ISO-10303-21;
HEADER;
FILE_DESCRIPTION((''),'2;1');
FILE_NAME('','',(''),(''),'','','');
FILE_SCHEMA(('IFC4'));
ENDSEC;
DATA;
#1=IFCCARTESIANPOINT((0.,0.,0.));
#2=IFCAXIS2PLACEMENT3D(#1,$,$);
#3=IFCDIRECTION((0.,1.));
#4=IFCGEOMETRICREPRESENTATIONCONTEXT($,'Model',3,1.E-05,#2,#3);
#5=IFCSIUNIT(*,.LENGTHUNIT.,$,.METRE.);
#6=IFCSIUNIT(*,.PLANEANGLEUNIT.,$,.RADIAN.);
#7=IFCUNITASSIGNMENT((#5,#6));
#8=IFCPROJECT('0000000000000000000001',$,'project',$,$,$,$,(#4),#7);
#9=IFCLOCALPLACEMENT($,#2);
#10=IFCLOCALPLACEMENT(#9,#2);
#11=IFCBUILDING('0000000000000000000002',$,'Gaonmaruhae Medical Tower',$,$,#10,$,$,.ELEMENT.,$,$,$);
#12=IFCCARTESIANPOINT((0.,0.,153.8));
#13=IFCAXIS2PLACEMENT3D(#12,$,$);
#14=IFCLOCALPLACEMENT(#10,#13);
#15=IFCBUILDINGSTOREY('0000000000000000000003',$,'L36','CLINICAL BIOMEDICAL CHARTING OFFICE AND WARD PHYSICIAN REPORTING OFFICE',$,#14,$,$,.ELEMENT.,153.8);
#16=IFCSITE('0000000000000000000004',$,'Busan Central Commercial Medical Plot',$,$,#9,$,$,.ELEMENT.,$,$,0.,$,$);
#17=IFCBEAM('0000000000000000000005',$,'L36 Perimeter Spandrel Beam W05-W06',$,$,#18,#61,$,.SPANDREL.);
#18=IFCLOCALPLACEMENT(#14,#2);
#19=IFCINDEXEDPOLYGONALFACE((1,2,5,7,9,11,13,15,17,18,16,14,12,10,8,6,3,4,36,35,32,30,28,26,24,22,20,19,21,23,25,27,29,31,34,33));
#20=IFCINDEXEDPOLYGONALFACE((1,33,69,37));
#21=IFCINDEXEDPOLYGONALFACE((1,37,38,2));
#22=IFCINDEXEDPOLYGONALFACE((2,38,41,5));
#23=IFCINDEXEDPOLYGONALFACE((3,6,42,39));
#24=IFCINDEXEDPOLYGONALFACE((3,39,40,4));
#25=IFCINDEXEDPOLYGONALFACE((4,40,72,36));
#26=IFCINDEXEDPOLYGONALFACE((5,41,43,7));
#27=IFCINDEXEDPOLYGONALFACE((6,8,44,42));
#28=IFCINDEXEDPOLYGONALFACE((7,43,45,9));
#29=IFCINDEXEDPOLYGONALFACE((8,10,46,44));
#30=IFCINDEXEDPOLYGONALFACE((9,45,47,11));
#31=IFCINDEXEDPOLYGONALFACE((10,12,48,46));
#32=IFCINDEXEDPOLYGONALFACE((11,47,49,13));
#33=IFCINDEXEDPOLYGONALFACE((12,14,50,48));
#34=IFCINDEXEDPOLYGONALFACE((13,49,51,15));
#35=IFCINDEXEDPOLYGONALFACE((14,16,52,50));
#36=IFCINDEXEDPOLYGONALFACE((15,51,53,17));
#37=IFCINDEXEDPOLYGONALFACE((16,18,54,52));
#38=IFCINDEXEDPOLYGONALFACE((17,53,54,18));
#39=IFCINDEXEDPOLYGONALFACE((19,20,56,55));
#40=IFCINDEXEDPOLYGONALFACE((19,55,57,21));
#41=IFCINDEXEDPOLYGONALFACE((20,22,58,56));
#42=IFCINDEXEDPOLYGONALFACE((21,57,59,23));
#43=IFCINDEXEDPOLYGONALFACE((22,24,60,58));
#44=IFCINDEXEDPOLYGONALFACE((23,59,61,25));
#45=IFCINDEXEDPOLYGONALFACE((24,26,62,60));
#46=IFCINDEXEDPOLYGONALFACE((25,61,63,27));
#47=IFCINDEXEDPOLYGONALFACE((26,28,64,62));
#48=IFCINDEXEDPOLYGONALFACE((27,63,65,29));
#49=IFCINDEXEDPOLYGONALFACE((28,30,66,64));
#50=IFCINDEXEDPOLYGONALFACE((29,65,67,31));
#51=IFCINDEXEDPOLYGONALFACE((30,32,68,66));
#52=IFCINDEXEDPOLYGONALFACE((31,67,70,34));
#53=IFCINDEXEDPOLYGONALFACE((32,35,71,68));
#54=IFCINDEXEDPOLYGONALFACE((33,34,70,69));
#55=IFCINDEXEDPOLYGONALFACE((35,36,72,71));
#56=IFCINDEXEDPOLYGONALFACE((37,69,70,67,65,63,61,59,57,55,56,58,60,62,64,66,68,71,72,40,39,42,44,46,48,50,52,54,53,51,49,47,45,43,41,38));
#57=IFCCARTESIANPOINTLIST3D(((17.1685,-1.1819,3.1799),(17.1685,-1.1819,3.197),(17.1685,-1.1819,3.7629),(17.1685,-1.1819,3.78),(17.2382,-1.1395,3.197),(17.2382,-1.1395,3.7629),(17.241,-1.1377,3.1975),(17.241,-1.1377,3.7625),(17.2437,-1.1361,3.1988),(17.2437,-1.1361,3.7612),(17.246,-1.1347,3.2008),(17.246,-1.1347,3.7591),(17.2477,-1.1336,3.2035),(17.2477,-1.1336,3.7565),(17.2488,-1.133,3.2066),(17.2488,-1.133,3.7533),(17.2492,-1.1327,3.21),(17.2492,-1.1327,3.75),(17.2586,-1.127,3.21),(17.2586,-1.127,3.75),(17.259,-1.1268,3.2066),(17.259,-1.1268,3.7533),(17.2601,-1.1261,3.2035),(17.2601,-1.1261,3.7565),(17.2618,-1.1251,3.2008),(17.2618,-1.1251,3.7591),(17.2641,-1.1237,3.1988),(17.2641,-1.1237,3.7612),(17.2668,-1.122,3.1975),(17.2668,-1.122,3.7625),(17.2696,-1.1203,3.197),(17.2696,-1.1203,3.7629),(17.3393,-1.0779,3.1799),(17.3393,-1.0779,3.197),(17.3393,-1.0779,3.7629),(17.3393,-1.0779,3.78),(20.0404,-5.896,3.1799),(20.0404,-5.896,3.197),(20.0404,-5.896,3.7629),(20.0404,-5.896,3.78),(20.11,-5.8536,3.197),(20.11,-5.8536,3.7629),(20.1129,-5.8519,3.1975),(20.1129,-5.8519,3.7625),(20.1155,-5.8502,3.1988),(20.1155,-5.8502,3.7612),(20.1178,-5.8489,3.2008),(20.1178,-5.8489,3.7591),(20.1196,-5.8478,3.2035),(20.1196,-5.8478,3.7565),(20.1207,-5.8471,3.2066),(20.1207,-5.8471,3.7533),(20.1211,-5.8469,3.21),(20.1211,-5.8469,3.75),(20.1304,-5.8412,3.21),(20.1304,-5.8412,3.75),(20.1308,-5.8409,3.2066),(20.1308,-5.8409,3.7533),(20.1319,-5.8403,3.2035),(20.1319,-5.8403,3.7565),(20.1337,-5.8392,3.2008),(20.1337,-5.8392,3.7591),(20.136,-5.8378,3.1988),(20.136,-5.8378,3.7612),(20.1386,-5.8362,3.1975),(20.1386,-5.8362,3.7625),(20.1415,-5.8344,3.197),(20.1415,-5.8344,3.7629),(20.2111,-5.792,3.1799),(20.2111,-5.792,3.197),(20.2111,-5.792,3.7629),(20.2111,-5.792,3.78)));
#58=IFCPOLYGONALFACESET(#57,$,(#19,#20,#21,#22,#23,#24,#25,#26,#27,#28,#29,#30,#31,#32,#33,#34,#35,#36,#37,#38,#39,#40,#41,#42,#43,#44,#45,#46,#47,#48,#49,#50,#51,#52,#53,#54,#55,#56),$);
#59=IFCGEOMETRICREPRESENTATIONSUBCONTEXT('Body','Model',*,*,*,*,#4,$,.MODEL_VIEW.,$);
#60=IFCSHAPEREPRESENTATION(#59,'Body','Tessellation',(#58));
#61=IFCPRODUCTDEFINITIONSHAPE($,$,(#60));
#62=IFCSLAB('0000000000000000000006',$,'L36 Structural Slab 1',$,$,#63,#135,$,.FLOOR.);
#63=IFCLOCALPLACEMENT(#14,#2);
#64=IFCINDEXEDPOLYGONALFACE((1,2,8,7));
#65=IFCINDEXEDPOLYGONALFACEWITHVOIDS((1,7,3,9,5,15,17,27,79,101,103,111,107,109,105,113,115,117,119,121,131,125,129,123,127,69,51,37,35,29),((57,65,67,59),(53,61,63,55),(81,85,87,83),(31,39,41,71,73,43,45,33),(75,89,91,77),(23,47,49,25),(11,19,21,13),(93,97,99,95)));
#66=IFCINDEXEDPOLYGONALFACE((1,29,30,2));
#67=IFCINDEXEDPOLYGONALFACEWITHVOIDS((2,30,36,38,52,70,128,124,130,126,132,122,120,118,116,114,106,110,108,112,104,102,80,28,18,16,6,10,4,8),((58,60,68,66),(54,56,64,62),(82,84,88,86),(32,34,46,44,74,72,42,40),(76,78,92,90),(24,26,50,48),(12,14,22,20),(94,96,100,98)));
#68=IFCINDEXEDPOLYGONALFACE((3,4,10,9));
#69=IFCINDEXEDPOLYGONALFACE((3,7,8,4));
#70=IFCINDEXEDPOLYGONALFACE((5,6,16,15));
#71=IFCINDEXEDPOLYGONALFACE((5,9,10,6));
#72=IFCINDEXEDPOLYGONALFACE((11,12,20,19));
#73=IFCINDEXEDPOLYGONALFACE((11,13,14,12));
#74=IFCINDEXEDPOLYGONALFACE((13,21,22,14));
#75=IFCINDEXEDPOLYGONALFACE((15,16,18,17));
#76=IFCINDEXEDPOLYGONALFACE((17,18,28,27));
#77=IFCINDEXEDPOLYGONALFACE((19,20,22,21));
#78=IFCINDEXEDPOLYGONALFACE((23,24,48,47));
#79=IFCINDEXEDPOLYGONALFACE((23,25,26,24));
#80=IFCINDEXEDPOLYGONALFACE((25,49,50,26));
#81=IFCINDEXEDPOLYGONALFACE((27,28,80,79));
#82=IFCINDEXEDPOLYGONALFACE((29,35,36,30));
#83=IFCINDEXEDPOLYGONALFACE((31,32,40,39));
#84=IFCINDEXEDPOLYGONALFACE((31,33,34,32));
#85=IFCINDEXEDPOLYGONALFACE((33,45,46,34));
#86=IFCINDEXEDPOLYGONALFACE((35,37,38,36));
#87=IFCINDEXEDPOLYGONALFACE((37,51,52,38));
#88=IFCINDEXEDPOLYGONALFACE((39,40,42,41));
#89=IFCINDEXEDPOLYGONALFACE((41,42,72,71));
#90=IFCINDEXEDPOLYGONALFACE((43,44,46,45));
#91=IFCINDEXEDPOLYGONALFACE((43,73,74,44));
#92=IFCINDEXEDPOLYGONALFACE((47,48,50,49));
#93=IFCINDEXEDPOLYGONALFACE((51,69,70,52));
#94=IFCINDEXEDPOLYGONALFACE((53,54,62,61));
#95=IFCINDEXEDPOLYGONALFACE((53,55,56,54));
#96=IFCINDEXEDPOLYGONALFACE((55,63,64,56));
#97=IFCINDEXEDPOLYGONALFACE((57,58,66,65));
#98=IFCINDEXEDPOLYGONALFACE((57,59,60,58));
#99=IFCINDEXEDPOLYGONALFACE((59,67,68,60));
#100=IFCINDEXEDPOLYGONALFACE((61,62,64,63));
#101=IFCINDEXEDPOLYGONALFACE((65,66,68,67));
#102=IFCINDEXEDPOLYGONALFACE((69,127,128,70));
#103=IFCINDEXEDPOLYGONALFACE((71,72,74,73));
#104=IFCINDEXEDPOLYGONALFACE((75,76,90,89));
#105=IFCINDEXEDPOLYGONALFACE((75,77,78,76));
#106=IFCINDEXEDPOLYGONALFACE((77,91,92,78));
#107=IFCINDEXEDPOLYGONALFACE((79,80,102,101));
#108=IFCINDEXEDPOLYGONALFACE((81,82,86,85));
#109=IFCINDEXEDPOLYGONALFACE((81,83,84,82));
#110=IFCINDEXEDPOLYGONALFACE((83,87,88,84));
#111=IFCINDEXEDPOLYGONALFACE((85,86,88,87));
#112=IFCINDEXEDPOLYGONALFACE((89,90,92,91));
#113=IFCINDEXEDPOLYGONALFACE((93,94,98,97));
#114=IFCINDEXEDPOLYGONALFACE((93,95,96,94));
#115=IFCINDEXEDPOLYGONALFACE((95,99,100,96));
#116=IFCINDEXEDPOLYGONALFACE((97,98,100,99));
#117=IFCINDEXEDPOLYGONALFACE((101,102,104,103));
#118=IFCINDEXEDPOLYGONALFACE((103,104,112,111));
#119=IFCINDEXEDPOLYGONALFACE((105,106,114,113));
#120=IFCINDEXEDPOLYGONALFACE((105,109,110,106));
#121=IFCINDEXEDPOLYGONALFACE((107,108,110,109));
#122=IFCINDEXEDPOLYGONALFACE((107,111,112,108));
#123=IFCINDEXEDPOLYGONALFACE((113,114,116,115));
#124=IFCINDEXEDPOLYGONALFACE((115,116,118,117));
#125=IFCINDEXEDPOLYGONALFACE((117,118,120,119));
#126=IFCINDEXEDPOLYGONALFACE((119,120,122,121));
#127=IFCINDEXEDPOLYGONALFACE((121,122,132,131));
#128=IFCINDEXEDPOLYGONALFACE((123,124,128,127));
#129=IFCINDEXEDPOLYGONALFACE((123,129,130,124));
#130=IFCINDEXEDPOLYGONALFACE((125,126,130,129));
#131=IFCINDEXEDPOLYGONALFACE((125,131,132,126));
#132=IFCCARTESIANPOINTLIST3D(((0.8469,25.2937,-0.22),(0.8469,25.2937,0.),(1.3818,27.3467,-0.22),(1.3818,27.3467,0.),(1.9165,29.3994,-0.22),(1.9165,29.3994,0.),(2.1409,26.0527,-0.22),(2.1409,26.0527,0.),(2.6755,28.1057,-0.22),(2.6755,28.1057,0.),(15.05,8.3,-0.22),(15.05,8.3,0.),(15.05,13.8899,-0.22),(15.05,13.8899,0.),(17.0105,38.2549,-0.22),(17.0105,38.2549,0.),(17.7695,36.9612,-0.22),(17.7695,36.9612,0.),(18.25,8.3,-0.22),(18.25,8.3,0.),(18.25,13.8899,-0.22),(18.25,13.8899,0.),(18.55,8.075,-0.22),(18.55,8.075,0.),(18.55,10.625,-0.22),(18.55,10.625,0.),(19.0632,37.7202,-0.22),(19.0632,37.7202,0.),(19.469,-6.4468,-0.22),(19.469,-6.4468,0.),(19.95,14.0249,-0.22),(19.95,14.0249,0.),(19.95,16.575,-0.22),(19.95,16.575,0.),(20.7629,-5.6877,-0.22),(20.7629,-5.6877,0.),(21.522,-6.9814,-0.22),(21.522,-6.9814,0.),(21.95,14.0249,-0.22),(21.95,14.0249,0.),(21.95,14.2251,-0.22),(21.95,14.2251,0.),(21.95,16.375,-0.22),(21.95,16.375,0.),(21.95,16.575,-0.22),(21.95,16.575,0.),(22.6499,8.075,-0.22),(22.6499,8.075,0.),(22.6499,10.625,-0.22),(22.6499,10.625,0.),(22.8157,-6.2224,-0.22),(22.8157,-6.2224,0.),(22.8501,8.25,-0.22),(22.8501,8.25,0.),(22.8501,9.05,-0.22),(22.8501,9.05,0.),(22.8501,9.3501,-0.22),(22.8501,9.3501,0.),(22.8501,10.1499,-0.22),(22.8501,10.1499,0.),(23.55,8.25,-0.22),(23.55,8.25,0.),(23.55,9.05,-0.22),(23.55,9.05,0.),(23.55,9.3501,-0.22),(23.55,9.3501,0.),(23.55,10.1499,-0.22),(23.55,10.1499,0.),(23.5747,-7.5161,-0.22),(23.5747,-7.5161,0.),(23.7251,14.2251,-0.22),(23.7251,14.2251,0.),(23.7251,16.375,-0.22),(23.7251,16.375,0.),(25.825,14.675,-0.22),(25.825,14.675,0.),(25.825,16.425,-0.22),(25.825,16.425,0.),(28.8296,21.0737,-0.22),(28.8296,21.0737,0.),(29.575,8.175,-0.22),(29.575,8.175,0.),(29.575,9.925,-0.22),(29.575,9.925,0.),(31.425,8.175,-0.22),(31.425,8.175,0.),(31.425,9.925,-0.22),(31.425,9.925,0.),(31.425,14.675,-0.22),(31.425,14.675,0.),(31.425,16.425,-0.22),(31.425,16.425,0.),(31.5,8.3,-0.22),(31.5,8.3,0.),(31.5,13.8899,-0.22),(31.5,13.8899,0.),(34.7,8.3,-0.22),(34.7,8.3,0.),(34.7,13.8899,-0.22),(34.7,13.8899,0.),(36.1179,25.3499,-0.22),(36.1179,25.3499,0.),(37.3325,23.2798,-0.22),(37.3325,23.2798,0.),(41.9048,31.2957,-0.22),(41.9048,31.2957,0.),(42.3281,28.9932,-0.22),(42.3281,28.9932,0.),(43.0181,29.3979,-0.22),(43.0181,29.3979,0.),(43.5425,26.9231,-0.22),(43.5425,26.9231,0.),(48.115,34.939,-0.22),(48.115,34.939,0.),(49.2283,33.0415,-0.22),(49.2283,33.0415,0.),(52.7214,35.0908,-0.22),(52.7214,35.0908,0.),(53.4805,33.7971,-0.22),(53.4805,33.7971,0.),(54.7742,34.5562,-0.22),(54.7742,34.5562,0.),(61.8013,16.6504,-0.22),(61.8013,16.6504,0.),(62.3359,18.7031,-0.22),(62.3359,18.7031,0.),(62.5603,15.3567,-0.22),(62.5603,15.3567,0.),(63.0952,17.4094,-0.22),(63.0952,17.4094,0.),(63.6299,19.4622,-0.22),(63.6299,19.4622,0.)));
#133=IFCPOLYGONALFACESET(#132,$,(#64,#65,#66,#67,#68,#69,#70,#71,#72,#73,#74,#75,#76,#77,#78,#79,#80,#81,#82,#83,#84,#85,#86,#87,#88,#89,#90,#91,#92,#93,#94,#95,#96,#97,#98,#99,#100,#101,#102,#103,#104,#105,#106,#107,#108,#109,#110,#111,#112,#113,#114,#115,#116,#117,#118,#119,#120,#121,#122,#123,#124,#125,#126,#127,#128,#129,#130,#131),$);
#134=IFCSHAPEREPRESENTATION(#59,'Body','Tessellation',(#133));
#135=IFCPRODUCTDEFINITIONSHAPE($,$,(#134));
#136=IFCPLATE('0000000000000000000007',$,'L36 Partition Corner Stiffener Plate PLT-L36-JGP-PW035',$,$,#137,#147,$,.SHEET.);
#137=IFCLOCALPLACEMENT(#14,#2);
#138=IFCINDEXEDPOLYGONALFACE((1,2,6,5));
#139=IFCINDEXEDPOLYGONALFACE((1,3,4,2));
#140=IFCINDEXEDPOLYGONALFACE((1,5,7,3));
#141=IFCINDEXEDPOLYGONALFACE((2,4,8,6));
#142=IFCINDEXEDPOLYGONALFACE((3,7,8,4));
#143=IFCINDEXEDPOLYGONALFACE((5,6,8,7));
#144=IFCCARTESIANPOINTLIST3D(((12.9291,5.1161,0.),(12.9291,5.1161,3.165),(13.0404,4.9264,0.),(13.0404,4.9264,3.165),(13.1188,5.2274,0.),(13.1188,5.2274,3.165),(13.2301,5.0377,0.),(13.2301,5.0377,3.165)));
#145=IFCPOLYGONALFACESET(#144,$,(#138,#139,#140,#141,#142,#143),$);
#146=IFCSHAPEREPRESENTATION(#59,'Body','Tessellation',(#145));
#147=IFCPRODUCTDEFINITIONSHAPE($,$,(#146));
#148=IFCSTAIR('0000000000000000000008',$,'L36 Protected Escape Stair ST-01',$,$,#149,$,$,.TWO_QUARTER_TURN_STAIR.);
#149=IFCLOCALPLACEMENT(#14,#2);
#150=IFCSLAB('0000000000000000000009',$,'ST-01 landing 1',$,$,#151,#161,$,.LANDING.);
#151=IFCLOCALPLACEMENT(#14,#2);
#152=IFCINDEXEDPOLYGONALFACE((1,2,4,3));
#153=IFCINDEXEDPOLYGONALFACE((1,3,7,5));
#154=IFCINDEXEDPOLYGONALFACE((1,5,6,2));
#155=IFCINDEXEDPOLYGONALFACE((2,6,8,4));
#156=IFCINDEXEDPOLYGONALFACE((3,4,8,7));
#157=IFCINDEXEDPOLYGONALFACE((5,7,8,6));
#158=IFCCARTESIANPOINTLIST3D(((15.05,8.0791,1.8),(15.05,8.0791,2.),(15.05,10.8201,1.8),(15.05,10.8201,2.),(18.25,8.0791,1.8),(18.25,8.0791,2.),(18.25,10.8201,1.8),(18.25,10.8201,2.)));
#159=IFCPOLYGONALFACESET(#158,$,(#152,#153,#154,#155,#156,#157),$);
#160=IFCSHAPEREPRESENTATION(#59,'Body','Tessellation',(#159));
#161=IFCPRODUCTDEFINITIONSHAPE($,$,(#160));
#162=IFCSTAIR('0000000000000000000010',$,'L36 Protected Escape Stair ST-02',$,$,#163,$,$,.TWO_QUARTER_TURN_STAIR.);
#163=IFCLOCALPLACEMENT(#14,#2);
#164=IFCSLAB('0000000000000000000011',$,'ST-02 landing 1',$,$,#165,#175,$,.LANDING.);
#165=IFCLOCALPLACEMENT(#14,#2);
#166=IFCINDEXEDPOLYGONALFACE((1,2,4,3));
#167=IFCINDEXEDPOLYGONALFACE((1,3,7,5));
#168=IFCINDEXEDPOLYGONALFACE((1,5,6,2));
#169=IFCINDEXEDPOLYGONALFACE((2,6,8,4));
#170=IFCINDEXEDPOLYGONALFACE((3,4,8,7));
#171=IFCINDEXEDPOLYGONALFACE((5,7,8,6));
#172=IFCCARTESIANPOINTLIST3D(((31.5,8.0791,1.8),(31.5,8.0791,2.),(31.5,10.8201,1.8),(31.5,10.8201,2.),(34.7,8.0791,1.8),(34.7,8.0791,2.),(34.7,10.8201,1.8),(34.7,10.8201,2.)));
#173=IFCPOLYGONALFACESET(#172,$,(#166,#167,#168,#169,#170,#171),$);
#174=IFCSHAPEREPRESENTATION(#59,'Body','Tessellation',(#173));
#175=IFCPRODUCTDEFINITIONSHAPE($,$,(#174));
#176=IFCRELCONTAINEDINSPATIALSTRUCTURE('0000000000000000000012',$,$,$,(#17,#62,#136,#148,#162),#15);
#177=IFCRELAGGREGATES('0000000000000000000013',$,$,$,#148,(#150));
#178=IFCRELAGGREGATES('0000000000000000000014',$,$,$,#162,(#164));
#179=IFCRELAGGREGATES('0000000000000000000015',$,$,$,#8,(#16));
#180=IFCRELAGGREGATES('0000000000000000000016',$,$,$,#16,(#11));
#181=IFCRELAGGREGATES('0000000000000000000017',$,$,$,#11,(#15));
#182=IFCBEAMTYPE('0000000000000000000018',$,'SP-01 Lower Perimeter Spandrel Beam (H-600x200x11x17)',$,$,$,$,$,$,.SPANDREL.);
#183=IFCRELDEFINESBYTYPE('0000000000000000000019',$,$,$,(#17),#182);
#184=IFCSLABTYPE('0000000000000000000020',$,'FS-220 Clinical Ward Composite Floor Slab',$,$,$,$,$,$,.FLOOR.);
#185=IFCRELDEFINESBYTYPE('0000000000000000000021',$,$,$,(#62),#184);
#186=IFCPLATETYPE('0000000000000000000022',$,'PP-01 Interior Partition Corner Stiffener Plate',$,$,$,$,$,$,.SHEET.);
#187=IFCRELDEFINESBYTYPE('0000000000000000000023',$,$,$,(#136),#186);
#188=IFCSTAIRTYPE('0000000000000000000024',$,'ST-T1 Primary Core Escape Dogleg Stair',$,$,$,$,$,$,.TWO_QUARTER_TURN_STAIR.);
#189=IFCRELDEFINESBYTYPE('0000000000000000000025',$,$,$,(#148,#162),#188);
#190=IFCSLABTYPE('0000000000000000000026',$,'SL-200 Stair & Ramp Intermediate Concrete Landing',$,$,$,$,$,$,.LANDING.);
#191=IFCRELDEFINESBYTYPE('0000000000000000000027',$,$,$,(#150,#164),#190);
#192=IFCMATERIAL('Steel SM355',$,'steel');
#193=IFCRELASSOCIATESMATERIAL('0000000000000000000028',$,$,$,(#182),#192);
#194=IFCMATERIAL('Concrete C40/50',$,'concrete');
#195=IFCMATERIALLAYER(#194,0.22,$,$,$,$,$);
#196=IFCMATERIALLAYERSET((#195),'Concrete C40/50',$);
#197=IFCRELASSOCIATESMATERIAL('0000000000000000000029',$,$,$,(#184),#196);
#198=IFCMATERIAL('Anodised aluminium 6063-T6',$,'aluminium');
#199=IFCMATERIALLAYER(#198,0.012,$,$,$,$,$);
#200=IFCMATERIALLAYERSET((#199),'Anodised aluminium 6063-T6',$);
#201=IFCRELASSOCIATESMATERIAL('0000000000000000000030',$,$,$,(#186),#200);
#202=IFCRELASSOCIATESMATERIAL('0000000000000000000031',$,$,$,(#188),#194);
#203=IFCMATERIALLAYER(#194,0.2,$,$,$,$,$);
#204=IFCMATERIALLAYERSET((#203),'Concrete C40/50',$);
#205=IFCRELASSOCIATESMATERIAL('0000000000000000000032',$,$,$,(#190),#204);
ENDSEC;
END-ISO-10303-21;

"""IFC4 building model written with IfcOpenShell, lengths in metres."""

from ifc_helpers import new_model, si_unit, direction, frame, origin, origin_2d, place, context, subcontext, project, spatial, polyline, rectangle, i_section, outline, extrude, material, layer, layer_set, material_profile, profile_set, type_object, element, aggregate, save


model = new_model("IFC4")

# Units and contexts
model_context = context("Model", 3, precision=1e-05, world=origin(), true_north=direction((0.0, 1.0)))
body_context = subcontext(model_context, "Body", "Model", "MODEL_VIEW")
ifc_project = project(units=[si_unit("LENGTHUNIT", "METRE"), si_unit("PLANEANGLEUNIT", "RADIAN")], contexts=[model_context])

# Site, building, storey
site_placement = place(None, origin())
site = spatial("IfcSite", under=ifc_project, at=site_placement, Name="Busan Central Commercial Medical Plot", CompositionType="ELEMENT", RefElevation=0.0)
building_placement = place(site_placement, origin())
building = spatial("IfcBuilding", under=site, at=building_placement, Name="Gaonmaruhae Medical Tower", CompositionType="ELEMENT")
storey_placement = place(building_placement, frame((0.0, 0.0, 153.8)))
storey = spatial("IfcBuildingStorey", under=building, at=storey_placement, Name="L36", Description="CLINICAL BIOMEDICAL CHARTING OFFICE AND WARD PHYSICIAN REPORTING OFFICE", CompositionType="ELEMENT", Elevation=153.8)

# Beam
ifc_material_1 = material(Name="Steel SM355", Category="steel")
ifc_material_profile_1 = material_profile(ifc_material_1, i_section(OverallWidth=0.2, OverallDepth=0.6001, WebThickness=0.011, FlangeThickness=0.0171, FilletRadius=0.0129, at=origin_2d()), Name="H-600x200x11x17")
ifc_profile_set_1 = profile_set([ifc_material_profile_1], Name="Steel SM355")
beam_type_1 = type_object("IfcBeamType", Name="SP-01 Lower Perimeter Spandrel Beam (H-600x200x11x17)", PredefinedType="SPANDREL", material=ifc_profile_set_1)
beam_1_placement = place(storey_placement, frame((17.2539, -1.1299, 3.48), z_axis=(0.52026, -0.854008, 0.0), x_axis=(0.854008, 0.52026, 0.0)))
element("IfcBeam", 1, at=beam_1_placement, inside=storey, type_object=beam_type_1, Name="L36 Perimeter Spandrel Beam W05-W06", PredefinedType="SPANDREL", context=body_context, shape_type="SweptSolid", body=[
    extrude(i_section(OverallWidth=0.2, OverallDepth=0.6001, WebThickness=0.011, FlangeThickness=0.0171, FilletRadius=0.0129, at=origin_2d()), origin(), (0.0, 0.0, 1.0), 5.52),
])

# Slab
ifc_material_2 = material(Name="Concrete C40/50", Category="concrete")
ifc_layer_1 = layer(ifc_material_2, 0.22)
ifc_layer_set_1 = layer_set([ifc_layer_1], Name="Concrete C40/50")
slab_type_1 = type_object("IfcSlabType", Name="FS-220 Clinical Ward Composite Floor Slab", PredefinedType="FLOOR", material=ifc_layer_set_1)
slab_1_placement = place(storey_placement, frame((0.0, 0.0, -0.22)))
element("IfcSlab", 2, at=slab_1_placement, inside=storey, type_object=slab_type_1, Name="L36 Structural Slab 1", PredefinedType="FLOOR", context=body_context, shape_type="SweptSolid", body=[
    extrude(outline(polyline([(53.4805, 33.7971), (54.7742, 34.5562), (63.6299, 19.4622), (62.3359, 18.7031), (63.0952, 17.4094), (61.8013, 16.6504), (62.5603, 15.3567), (23.5747, -7.5161), (22.8157, -6.2224), (21.522, -6.9814), (20.7629, -5.6877), (19.469, -6.4468), (0.8469, 25.2937), (2.1409, 26.0527), (1.3818, 27.3467), (2.6755, 28.1057), (1.9165, 29.3994), (17.0105, 38.2549), (17.7695, 36.9612), (19.0632, 37.7202), (28.8296, 21.0737), (36.1179, 25.3499), (37.3325, 23.2798), (43.5425, 26.9231), (42.3281, 28.9932), (43.0181, 29.3979), (41.9048, 31.2957), (48.115, 34.939), (49.2283, 33.0415), (52.7214, 35.0908), (53.4805, 33.7971)]), holes=[polyline([(23.55, 8.25), (22.8501, 8.25), (22.8501, 9.05), (23.55, 9.05), (23.55, 8.25)]), polyline([(31.425, 9.925), (31.425, 8.175), (29.575, 8.175), (29.575, 9.925), (31.425, 9.925)]), polyline([(22.6499, 10.625), (22.6499, 8.075), (18.55, 8.075), (18.55, 10.625), (22.6499, 10.625)]), polyline([(23.55, 9.3501), (22.8501, 9.3501), (22.8501, 10.1499), (23.55, 10.1499), (23.55, 9.3501)]), polyline([(15.05, 13.8899), (18.25, 13.8899), (18.25, 8.3), (15.05, 8.3), (15.05, 13.8899)]), polyline([(31.5, 13.8899), (34.7, 13.8899), (34.7, 8.3), (31.5, 8.3), (31.5, 13.8899)]), polyline([(21.95, 14.2251), (21.95, 14.0249), (19.95, 14.0249), (19.95, 16.575), (21.95, 16.575), (21.95, 16.375), (23.7251, 16.375), (23.7251, 14.2251), (21.95, 14.2251)]), polyline([(31.425, 16.425), (31.425, 14.675), (25.825, 14.675), (25.825, 16.425), (31.425, 16.425)])]), origin(), (0.0, 0.0, 1.0), 0.22),
])

# Plate
ifc_material_3 = material(Name="Anodised aluminium 6063-T6", Category="aluminium")
ifc_layer_2 = layer(ifc_material_3, 0.012)
ifc_layer_set_2 = layer_set([ifc_layer_2], Name="Anodised aluminium 6063-T6")
plate_type = type_object("IfcPlateType", Name="PP-01 Interior Partition Corner Stiffener Plate", PredefinedType="SHEET", material=ifc_layer_set_2)
plate_placement = place(storey_placement, frame((13.0796, 5.0769, 0.0), z_axis=(0.0, 0.0, 1.0), x_axis=(-0.50626, 0.862381, 0.0)))
element("IfcPlate", 3, at=plate_placement, inside=storey, type_object=plate_type, Name="L36 Partition Corner Stiffener Plate PLT-L36-JGP-PW035", PredefinedType="SHEET", context=body_context, shape_type="SweptSolid", body=[
    extrude(rectangle(XDim=0.22, YDim=0.22, at=origin_2d()), origin(), (0.0, 0.0, 1.0), 3.165),
])

# Stairs, slabs
stair_type = type_object("IfcStairType", Name="ST-T1 Primary Core Escape Dogleg Stair", PredefinedType="TWO_QUARTER_TURN_STAIR", material=ifc_material_2)
stair_1_placement = place(storey_placement, origin())
stair_1 = element("IfcStair", 4, at=stair_1_placement, inside=storey, type_object=stair_type, Name="L36 Protected Escape Stair ST-01", PredefinedType="TWO_QUARTER_TURN_STAIR")
ifc_layer_3 = layer(ifc_material_2, 0.2)
ifc_layer_set_3 = layer_set([ifc_layer_3], Name="Concrete C40/50")
slab_type_2 = type_object("IfcSlabType", Name="SL-200 Stair & Ramp Intermediate Concrete Landing", PredefinedType="LANDING", material=ifc_layer_set_3)
slab_2_placement = place(storey_placement, frame((0.0, 0.0, 1.8)))
slab_2 = element("IfcSlab", 5, at=slab_2_placement, type_object=slab_type_2, Name="ST-01 landing 1", PredefinedType="LANDING", context=body_context, shape_type="SweptSolid", body=[
    extrude(outline(polyline([(15.05, 10.8201), (15.05, 8.0791), (18.25, 8.0791), (18.25, 10.8201), (15.05, 10.8201)])), origin(), (0.0, 0.0, 1.0), 0.2),
])
aggregate(stair_1, [slab_2])
stair_2_placement = place(storey_placement, origin())
stair_2 = element("IfcStair", 6, at=stair_2_placement, inside=storey, type_object=stair_type, Name="L36 Protected Escape Stair ST-02", PredefinedType="TWO_QUARTER_TURN_STAIR")
slab_3_placement = place(storey_placement, frame((0.0, 0.0, 1.8)))
slab_3 = element("IfcSlab", 7, at=slab_3_placement, type_object=slab_type_2, Name="ST-02 landing 1", PredefinedType="LANDING", context=body_context, shape_type="SweptSolid", body=[
    extrude(outline(polyline([(31.5, 10.8201), (31.5, 8.0791), (34.7, 8.0791), (34.7, 10.8201), (31.5, 10.8201)])), origin(), (0.0, 0.0, 1.0), 0.2),
])
aggregate(stair_2, [slab_3])

save(model, "model.ifc")
